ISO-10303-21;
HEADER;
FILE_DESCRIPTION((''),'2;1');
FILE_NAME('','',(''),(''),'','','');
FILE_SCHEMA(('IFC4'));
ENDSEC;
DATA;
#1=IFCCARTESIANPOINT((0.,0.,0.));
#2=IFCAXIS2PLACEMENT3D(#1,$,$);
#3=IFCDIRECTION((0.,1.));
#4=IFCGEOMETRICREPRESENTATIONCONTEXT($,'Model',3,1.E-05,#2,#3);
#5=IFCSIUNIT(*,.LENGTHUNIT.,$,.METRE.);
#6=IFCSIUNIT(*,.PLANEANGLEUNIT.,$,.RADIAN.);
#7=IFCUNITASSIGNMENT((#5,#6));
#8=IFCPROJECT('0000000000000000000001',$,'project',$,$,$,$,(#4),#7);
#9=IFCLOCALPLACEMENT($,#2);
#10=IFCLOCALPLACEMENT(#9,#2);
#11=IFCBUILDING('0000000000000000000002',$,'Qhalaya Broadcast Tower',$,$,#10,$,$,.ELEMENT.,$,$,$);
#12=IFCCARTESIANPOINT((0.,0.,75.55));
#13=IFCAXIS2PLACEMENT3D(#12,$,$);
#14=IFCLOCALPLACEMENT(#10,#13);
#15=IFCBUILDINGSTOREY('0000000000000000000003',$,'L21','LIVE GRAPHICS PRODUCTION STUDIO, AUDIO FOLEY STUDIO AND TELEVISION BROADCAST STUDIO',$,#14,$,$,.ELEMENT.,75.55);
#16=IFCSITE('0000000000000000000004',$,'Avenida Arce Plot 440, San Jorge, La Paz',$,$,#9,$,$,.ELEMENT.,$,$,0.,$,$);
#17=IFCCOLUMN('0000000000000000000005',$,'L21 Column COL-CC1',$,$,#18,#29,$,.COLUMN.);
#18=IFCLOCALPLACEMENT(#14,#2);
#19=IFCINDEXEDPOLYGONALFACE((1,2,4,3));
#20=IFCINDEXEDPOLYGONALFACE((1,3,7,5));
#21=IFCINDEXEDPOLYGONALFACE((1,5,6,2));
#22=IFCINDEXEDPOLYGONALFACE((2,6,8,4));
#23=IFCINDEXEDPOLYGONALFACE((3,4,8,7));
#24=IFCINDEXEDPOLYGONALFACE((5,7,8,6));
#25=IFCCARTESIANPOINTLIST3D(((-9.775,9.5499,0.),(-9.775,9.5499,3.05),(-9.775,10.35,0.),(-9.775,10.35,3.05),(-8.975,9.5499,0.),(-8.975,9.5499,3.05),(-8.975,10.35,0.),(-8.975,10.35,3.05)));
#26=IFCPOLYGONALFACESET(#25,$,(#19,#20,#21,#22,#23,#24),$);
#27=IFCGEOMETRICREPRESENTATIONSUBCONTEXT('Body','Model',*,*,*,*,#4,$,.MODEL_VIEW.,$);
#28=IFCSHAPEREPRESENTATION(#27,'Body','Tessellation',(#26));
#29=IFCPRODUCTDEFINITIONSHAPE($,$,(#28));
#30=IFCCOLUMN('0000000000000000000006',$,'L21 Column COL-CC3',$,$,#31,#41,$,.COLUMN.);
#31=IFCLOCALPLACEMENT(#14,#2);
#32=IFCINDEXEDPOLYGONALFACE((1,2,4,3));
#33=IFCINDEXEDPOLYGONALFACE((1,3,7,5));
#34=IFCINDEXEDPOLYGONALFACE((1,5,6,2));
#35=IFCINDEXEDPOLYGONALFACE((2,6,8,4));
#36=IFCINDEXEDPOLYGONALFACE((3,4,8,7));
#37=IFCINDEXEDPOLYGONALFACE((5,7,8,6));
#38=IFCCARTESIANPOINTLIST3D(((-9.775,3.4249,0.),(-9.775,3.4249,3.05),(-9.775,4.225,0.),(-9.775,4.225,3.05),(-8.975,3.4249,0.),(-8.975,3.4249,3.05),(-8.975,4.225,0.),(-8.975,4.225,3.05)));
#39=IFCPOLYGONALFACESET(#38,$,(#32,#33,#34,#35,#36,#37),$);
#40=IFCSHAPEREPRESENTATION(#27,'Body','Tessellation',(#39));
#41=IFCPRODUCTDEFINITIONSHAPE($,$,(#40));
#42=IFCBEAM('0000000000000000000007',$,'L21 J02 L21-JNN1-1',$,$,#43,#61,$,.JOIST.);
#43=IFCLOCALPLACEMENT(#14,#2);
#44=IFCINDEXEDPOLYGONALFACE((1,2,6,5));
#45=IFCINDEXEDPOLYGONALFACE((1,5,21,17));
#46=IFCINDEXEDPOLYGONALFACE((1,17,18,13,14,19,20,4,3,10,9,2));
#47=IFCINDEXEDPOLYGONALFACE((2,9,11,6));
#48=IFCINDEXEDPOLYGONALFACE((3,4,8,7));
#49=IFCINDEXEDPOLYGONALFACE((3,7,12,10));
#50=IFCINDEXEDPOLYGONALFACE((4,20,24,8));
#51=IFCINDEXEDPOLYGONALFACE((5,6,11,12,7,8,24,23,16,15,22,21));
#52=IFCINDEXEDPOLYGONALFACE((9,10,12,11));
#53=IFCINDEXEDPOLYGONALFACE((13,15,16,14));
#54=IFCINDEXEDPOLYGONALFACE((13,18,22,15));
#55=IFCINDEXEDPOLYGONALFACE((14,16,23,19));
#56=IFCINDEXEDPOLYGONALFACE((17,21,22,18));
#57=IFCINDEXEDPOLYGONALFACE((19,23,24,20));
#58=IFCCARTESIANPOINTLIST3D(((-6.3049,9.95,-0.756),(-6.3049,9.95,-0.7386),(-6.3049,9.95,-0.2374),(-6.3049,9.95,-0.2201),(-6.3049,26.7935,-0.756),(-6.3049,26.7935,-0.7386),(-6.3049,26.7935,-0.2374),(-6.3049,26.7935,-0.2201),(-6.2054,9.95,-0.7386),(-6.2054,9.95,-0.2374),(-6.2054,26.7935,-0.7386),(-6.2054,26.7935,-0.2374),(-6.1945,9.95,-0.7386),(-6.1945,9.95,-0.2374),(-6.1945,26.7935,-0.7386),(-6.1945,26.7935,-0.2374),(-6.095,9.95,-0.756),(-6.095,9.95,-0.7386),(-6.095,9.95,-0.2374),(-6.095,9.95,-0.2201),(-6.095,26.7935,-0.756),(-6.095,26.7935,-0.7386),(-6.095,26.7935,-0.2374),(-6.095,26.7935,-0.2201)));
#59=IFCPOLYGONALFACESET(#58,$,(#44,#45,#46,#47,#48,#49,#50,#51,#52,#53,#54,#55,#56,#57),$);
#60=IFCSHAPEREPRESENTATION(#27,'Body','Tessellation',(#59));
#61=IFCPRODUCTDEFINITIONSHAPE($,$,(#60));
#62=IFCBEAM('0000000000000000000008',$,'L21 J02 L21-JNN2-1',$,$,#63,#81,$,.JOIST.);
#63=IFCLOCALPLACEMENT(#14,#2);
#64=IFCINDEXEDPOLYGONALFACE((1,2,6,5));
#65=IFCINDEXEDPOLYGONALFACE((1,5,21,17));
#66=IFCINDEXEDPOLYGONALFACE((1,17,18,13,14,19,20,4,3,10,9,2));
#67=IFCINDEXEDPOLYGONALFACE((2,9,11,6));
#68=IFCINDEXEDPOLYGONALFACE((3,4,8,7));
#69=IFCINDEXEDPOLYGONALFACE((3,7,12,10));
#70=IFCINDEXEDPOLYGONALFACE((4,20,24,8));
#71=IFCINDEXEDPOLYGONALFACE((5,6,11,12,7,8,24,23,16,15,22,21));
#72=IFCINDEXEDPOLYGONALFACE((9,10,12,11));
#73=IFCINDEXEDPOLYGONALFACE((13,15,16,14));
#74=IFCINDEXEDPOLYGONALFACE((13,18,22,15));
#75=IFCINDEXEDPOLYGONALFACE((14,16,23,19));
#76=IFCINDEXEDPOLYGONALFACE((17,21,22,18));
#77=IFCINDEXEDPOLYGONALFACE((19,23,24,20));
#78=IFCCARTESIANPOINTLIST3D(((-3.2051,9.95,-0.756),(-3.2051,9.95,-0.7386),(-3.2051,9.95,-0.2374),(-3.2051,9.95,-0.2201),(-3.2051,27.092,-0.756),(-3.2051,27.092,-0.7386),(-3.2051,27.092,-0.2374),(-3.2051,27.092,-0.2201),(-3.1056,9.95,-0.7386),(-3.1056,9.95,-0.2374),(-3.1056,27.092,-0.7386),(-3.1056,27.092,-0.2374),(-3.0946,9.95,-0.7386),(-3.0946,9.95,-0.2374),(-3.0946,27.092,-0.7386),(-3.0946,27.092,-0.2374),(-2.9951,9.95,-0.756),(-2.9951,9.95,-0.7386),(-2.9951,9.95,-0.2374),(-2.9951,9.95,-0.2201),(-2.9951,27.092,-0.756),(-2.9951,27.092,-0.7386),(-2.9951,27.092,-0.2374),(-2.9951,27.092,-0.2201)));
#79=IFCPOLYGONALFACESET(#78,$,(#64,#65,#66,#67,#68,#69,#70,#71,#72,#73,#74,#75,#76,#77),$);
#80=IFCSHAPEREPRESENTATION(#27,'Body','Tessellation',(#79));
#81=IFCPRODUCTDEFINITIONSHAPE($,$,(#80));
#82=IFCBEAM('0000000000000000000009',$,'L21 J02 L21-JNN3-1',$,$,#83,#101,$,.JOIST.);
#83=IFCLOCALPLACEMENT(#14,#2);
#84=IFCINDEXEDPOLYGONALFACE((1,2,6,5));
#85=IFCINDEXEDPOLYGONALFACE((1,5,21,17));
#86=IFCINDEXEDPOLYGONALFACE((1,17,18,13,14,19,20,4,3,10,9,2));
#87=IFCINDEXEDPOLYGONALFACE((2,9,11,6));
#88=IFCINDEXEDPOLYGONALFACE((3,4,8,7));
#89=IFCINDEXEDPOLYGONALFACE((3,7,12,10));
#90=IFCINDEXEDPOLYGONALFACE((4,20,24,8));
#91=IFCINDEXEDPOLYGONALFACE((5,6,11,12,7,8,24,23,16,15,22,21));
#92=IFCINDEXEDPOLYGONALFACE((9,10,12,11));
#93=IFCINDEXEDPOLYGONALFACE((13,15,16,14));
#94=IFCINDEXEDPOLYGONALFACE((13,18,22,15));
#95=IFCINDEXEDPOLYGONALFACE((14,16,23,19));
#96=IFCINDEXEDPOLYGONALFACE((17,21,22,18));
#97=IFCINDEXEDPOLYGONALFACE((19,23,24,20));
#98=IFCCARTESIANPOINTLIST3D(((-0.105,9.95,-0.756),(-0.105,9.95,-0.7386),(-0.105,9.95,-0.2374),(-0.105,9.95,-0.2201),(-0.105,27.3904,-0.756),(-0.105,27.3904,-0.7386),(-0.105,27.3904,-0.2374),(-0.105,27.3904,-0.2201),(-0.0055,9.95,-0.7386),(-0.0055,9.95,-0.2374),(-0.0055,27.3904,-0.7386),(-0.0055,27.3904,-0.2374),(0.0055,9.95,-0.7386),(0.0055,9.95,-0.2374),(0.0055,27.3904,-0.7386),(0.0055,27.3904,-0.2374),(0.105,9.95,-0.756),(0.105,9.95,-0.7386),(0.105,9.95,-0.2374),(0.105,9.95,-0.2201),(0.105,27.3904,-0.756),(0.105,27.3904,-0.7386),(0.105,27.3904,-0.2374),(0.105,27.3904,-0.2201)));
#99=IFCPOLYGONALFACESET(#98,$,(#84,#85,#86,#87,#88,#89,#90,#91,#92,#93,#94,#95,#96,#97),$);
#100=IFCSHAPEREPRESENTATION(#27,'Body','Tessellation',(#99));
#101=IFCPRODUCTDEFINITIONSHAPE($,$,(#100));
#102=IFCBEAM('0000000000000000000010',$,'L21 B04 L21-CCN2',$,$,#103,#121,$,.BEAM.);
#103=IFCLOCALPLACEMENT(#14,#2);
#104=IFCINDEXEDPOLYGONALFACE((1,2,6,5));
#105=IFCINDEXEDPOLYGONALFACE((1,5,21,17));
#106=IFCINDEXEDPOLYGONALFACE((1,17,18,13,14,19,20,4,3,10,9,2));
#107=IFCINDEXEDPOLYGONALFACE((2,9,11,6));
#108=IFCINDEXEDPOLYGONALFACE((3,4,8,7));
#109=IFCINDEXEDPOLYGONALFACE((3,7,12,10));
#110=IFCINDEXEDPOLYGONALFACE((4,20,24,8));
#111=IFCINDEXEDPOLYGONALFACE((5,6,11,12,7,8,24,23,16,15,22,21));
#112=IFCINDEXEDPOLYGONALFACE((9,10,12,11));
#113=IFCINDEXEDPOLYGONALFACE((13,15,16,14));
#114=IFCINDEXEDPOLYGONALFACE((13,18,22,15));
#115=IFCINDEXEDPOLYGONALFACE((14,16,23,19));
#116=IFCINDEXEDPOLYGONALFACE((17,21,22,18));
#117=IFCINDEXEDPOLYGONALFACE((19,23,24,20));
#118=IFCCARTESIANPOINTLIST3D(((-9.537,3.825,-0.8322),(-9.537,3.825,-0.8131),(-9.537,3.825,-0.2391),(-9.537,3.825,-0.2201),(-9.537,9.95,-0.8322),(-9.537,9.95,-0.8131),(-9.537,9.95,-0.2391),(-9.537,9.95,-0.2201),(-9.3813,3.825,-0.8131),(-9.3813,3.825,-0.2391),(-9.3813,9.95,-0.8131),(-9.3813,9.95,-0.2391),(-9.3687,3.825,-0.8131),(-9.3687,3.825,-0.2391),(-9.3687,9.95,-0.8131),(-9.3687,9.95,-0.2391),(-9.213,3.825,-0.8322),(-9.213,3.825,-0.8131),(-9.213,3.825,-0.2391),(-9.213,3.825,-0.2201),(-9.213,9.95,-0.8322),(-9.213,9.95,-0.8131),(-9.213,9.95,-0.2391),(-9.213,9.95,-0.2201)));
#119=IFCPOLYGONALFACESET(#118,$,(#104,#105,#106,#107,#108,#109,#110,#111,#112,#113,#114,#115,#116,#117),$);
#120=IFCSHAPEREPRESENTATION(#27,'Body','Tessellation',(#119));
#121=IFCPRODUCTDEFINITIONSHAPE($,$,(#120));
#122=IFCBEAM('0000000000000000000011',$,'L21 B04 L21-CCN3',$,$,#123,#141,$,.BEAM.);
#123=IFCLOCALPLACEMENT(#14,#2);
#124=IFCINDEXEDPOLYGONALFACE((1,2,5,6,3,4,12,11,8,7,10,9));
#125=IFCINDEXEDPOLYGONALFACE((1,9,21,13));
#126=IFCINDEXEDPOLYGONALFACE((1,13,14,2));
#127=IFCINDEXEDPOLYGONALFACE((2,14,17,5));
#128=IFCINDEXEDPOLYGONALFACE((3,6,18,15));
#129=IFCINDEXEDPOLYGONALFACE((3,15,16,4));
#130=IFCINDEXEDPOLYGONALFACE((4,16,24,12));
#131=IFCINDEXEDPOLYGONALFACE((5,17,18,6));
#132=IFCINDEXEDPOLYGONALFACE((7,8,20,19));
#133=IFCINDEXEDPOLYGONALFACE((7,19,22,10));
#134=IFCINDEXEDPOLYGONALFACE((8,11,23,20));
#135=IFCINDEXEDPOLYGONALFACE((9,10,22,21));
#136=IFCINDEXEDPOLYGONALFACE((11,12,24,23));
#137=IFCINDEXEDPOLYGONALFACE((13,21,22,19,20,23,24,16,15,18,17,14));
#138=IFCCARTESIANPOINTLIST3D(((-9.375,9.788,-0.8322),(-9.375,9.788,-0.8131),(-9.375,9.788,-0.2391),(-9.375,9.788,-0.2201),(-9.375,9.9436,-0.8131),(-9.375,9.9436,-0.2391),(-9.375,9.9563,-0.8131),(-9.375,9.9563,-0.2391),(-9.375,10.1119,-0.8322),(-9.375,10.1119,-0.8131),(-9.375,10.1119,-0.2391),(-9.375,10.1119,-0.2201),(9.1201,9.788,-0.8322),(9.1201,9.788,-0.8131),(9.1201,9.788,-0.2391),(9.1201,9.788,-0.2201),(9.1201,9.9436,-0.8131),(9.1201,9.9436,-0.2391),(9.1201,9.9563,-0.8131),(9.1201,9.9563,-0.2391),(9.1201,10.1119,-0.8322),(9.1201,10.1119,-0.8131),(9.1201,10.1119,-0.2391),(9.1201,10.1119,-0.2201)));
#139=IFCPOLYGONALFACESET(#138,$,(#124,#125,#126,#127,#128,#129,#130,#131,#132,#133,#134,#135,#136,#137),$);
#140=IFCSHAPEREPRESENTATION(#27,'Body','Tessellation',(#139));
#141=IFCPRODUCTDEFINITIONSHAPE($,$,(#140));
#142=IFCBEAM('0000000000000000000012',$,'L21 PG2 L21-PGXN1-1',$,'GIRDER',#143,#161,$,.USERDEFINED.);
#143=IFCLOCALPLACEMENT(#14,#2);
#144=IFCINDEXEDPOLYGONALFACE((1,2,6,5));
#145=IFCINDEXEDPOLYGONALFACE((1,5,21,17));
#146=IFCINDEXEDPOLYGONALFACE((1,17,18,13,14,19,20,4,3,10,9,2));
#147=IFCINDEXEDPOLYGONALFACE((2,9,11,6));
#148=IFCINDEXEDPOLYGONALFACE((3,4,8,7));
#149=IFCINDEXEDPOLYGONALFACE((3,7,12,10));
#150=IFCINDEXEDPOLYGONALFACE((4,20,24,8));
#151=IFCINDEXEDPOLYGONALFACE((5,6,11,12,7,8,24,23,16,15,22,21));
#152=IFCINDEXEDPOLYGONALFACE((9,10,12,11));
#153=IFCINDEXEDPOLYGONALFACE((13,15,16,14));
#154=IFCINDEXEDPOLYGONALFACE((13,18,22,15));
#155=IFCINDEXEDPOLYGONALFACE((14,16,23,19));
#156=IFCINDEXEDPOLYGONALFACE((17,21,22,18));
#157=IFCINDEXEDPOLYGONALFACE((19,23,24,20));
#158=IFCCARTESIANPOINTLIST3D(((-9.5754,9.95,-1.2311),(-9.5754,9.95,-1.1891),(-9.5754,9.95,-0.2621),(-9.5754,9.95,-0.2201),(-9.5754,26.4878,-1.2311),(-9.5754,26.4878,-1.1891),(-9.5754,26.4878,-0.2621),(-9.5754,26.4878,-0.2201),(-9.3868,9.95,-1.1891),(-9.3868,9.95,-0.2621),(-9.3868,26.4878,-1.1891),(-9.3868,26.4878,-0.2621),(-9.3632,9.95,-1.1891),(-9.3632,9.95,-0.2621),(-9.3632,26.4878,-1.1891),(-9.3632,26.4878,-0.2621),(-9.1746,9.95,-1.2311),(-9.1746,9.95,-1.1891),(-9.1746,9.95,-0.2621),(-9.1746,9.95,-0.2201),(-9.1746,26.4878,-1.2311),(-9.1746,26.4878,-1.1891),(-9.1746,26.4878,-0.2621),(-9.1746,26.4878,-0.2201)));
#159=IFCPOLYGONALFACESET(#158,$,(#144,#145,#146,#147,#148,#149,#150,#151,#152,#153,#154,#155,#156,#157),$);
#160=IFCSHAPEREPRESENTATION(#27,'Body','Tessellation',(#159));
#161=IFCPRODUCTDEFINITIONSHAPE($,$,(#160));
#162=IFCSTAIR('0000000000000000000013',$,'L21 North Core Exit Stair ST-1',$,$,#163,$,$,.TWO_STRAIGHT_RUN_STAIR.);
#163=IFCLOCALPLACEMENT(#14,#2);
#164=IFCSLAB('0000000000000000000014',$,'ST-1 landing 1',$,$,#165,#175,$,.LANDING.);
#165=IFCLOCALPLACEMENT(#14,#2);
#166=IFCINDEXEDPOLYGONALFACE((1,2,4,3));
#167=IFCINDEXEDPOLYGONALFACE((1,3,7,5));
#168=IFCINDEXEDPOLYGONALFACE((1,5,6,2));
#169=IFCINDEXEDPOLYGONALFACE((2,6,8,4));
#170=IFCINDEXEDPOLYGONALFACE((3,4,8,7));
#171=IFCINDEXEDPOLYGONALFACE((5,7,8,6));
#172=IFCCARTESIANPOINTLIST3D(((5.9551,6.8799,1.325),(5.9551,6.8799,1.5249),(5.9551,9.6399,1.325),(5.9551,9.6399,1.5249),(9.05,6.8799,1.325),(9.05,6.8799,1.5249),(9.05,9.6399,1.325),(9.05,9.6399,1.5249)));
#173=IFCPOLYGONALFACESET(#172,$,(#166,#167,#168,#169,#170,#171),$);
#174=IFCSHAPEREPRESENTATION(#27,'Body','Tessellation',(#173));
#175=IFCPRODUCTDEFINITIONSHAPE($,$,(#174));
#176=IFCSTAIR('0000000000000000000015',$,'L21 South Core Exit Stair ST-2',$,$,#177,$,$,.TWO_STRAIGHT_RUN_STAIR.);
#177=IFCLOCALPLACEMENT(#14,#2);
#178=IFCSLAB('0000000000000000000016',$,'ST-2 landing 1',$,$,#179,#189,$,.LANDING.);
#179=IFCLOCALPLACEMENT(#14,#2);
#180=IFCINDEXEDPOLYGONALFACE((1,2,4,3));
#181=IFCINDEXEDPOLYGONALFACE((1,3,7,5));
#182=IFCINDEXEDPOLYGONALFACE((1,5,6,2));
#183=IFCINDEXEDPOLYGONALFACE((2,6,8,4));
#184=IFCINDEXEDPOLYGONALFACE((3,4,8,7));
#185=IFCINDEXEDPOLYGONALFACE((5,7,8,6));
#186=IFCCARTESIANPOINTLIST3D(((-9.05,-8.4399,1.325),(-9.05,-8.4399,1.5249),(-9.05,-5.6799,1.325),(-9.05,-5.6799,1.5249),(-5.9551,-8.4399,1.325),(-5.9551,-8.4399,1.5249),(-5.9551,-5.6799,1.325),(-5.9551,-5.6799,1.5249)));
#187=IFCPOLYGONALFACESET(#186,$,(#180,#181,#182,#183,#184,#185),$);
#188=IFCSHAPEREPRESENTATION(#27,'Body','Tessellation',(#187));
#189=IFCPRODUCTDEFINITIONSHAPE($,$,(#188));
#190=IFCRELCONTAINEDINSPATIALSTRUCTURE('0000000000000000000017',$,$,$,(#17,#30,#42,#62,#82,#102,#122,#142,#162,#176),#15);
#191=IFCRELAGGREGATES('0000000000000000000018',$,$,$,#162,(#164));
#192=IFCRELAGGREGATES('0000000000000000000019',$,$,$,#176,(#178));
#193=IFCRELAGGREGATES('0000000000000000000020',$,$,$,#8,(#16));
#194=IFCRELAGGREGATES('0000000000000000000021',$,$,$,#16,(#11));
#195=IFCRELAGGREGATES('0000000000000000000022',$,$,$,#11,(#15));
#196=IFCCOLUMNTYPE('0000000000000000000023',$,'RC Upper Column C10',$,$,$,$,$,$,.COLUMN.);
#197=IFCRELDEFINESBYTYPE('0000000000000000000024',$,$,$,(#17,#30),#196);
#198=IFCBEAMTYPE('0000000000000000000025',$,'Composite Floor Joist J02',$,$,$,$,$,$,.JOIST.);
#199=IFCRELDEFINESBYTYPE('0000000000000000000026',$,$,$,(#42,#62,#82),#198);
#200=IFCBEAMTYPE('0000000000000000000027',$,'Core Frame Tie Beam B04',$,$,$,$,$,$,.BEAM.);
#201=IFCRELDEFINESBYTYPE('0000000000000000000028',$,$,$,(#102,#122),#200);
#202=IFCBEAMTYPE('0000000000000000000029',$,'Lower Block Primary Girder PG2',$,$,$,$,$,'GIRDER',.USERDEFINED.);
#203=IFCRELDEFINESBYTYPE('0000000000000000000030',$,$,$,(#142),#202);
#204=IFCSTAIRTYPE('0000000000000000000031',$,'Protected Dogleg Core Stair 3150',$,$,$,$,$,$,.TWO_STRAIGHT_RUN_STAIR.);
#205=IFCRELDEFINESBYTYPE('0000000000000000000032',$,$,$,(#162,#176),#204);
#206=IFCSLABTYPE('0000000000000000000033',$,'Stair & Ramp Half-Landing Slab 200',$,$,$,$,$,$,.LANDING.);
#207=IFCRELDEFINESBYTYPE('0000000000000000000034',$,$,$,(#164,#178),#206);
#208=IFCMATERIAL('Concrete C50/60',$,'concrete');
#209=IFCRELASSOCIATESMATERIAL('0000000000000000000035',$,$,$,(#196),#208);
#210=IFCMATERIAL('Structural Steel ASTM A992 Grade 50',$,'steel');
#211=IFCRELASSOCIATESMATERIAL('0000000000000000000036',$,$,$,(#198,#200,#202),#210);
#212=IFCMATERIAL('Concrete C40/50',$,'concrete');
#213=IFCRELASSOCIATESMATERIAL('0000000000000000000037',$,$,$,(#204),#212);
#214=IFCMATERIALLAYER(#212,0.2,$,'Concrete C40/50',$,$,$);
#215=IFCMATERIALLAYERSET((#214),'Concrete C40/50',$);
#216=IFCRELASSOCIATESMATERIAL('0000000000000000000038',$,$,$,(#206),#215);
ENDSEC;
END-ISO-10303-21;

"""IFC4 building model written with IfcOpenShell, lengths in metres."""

from ifc_helpers import new_model, si_unit, direction, frame, origin, origin_2d, place, context, subcontext, project, spatial, polyline, rectangle, i_section, outline, extrude, material, layer, layer_set, material_profile, profile_set, type_object, element, aggregate, save


model = new_model("IFC4")

# Units and contexts
model_context = context("Model", 3, precision=1e-05, world=origin(), true_north=direction((0.0, 1.0)))
body_context = subcontext(model_context, "Body", "Model", "MODEL_VIEW")
ifc_project = project(units=[si_unit("LENGTHUNIT", "METRE"), si_unit("PLANEANGLEUNIT", "RADIAN")], contexts=[model_context])

# Site, building, storey
site_placement = place(None, origin())
site = spatial("IfcSite", under=ifc_project, at=site_placement, Name="Avenida Arce Plot 440, San Jorge, La Paz", CompositionType="ELEMENT", RefElevation=0.0)
building_placement = place(site_placement, origin())
building = spatial("IfcBuilding", under=site, at=building_placement, Name="Qhalaya Broadcast Tower", CompositionType="ELEMENT")
storey_placement = place(building_placement, frame((0.0, 0.0, 75.55)))
storey = spatial("IfcBuildingStorey", under=building, at=storey_placement, Name="L21", Description="LIVE GRAPHICS PRODUCTION STUDIO, AUDIO FOLEY STUDIO AND TELEVISION BROADCAST STUDIO", CompositionType="ELEMENT", Elevation=75.55)

# Columns
ifc_material_1 = material(Name="Concrete C50/60", Category="concrete")
ifc_material_profile_1 = material_profile(ifc_material_1, rectangle(XDim=0.8, YDim=0.8, at=origin_2d()), Name="RC-COL 800x800")
ifc_profile_set_1 = profile_set([ifc_material_profile_1], Name="Concrete C50/60")
column_type = type_object("IfcColumnType", Name="RC Upper Column C10", PredefinedType="COLUMN", material=ifc_profile_set_1)
for number, where, z_axis, x_axis, name in (
    (1, (-9.375, 9.95, 0.0), (0.0, 0.0, 1.0), (1.0, 0.0, 0.0), "L21 Column COL-CC1"),
    (2, (-9.375, 3.825, 0.0), (0.0, 0.0, 1.0), (1.0, 0.0, 0.0), "L21 Column COL-CC3"),
):
    element("IfcColumn", number, at=place(storey_placement, frame(where, z_axis=z_axis, x_axis=x_axis)), inside=storey, type_object=column_type, Name=name, PredefinedType="COLUMN", context=body_context, shape_type="SweptSolid", body=[
        extrude(rectangle(XDim=0.8, YDim=0.8, at=origin_2d()), origin(), (0.0, 0.0, 1.0), 3.05),
    ])

# Beams
ifc_material_2 = material(Name="Structural Steel ASTM A992 Grade 50", Category="steel")
ifc_material_profile_2 = material_profile(ifc_material_2, i_section(OverallWidth=0.21, OverallDepth=0.5359, WebThickness=0.011, FlangeThickness=0.0173, at=origin_2d()), Name="W21X68")
ifc_profile_set_2 = profile_set([ifc_material_profile_2], Name="Structural Steel ASTM A992 Grade 50")
beam_type_1 = type_object("IfcBeamType", Name="Composite Floor Joist J02", PredefinedType="JOIST", material=ifc_profile_set_2)
beam_1_placement = place(storey_placement, frame((-6.2, 9.95, -0.488), z_axis=(0.0, 1.0, 0.0), x_axis=(-1.0, 0.0, 0.0)))
element("IfcBeam", 3, at=beam_1_placement, inside=storey, type_object=beam_type_1, Name="L21 J02 L21-JNN1-1", PredefinedType="JOIST", context=body_context, shape_type="SweptSolid", body=[
    extrude(i_section(OverallWidth=0.21, OverallDepth=0.5359, WebThickness=0.011, FlangeThickness=0.0173, at=origin_2d()), origin(), (0.0, 0.0, 1.0), 16.8435),
])
beam_2_placement = place(storey_placement, frame((-3.1001, 9.95, -0.488), z_axis=(0.0, 1.0, 0.0), x_axis=(-1.0, 0.0, 0.0)))
element("IfcBeam", 4, at=beam_2_placement, inside=storey, type_object=beam_type_1, Name="L21 J02 L21-JNN2-1", PredefinedType="JOIST", context=body_context, shape_type="SweptSolid", body=[
    extrude(i_section(OverallWidth=0.21, OverallDepth=0.5359, WebThickness=0.011, FlangeThickness=0.0173, at=origin_2d()), origin(), (0.0, 0.0, 1.0), 17.1421),
])
beam_3_placement = place(storey_placement, frame((0.0, 9.95, -0.488), z_axis=(0.0, 1.0, 0.0), x_axis=(-1.0, 0.0, 0.0)))
element("IfcBeam", 5, at=beam_3_placement, inside=storey, type_object=beam_type_1, Name="L21 J02 L21-JNN3-1", PredefinedType="JOIST", context=body_context, shape_type="SweptSolid", body=[
    extrude(i_section(OverallWidth=0.21, OverallDepth=0.5359, WebThickness=0.011, FlangeThickness=0.0173, at=origin_2d()), origin(), (0.0, 0.0, 1.0), 17.4404),
])
ifc_material_profile_3 = material_profile(ifc_material_2, i_section(OverallWidth=0.324, OverallDepth=0.6121, WebThickness=0.0127, FlangeThickness=0.019, at=origin_2d()), Name="W24X104")
ifc_profile_set_3 = profile_set([ifc_material_profile_3], Name="Structural Steel ASTM A992 Grade 50")
beam_type_2 = type_object("IfcBeamType", Name="Core Frame Tie Beam B04", PredefinedType="BEAM", material=ifc_profile_set_3)
beam_4_placement = place(storey_placement, frame((-9.375, 3.825, -0.5261), z_axis=(0.0, 1.0, 0.0), x_axis=(-1.0, 0.0, 0.0)))
element("IfcBeam", 6, at=beam_4_placement, inside=storey, type_object=beam_type_2, Name="L21 B04 L21-CCN2", PredefinedType="BEAM", context=body_context, shape_type="SweptSolid", body=[
    extrude(i_section(OverallWidth=0.324, OverallDepth=0.6121, WebThickness=0.0127, FlangeThickness=0.019, at=origin_2d()), origin(), (0.0, 0.0, 1.0), 6.125),
])
beam_5_placement = place(storey_placement, frame((-9.375, 9.95, -0.5261), z_axis=(1.0, 0.0, 0.0), x_axis=(0.0, 1.0, 0.0)))
element("IfcBeam", 7, at=beam_5_placement, inside=storey, type_object=beam_type_2, Name="L21 B04 L21-CCN3", PredefinedType="BEAM", context=body_context, shape_type="SweptSolid", body=[
    extrude(i_section(OverallWidth=0.324, OverallDepth=0.6121, WebThickness=0.0127, FlangeThickness=0.019, at=origin_2d()), origin(), (0.0, 0.0, 1.0), 18.4951),
])
ifc_material_profile_4 = material_profile(ifc_material_2, i_section(OverallWidth=0.4009, OverallDepth=1.011, WebThickness=0.0237, FlangeThickness=0.042, at=origin_2d()), Name="W40X297")
ifc_profile_set_4 = profile_set([ifc_material_profile_4], Name="Structural Steel ASTM A992 Grade 50")
beam_type_3 = type_object("IfcBeamType", Name="Lower Block Primary Girder PG2", ElementType="GIRDER", PredefinedType="USERDEFINED", material=ifc_profile_set_4)
beam_6_placement = place(storey_placement, frame((-9.375, 9.95, -0.7256), z_axis=(0.0, 1.0, 0.0), x_axis=(-1.0, 0.0, 0.0)))
element("IfcBeam", 8, at=beam_6_placement, inside=storey, type_object=beam_type_3, Name="L21 PG2 L21-PGXN1-1", ObjectType="GIRDER", PredefinedType="USERDEFINED", context=body_context, shape_type="SweptSolid", body=[
    extrude(i_section(OverallWidth=0.4009, OverallDepth=1.011, WebThickness=0.0237, FlangeThickness=0.042, at=origin_2d()), origin(), (0.0, 0.0, 1.0), 16.5378),
])

# Stairs, slabs
ifc_material_3 = material(Name="Concrete C40/50", Category="concrete")
stair_type = type_object("IfcStairType", Name="Protected Dogleg Core Stair 3150", PredefinedType="TWO_STRAIGHT_RUN_STAIR", material=ifc_material_3)
stair_1_placement = place(storey_placement, origin())
stair_1 = element("IfcStair", 9, at=stair_1_placement, inside=storey, type_object=stair_type, Name="L21 North Core Exit Stair ST-1", PredefinedType="TWO_STRAIGHT_RUN_STAIR")
ifc_layer_1 = layer(ifc_material_3, 0.2, Name="Concrete C40/50")
ifc_layer_set_1 = layer_set([ifc_layer_1], Name="Concrete C40/50")
slab_type = type_object("IfcSlabType", Name="Stair & Ramp Half-Landing Slab 200", PredefinedType="LANDING", material=ifc_layer_set_1)
slab_1_placement = place(storey_placement, frame((0.0, 0.0, 1.325)))
slab_1 = element("IfcSlab", 10, at=slab_1_placement, type_object=slab_type, Name="ST-1 landing 1", PredefinedType="LANDING", context=body_context, shape_type="SweptSolid", body=[
    extrude(outline(polyline([(5.9551, 6.8799), (9.05, 6.8799), (9.05, 9.6399), (5.9551, 9.6399), (5.9551, 6.8799)])), origin(), (0.0, 0.0, 1.0), 0.2),
])
aggregate(stair_1, [slab_1])
stair_2_placement = place(storey_placement, origin())
stair_2 = element("IfcStair", 11, at=stair_2_placement, inside=storey, type_object=stair_type, Name="L21 South Core Exit Stair ST-2", PredefinedType="TWO_STRAIGHT_RUN_STAIR")
slab_2_placement = place(storey_placement, frame((0.0, 0.0, 1.325)))
slab_2 = element("IfcSlab", 12, at=slab_2_placement, type_object=slab_type, Name="ST-2 landing 1", PredefinedType="LANDING", context=body_context, shape_type="SweptSolid", body=[
    extrude(outline(polyline([(-5.9551, -5.6799), (-9.05, -5.6799), (-9.05, -8.4399), (-5.9551, -8.4399), (-5.9551, -5.6799)])), origin(), (0.0, 0.0, 1.0), 0.2),
])
aggregate(stair_2, [slab_2])

save(model, "model.ifc")
